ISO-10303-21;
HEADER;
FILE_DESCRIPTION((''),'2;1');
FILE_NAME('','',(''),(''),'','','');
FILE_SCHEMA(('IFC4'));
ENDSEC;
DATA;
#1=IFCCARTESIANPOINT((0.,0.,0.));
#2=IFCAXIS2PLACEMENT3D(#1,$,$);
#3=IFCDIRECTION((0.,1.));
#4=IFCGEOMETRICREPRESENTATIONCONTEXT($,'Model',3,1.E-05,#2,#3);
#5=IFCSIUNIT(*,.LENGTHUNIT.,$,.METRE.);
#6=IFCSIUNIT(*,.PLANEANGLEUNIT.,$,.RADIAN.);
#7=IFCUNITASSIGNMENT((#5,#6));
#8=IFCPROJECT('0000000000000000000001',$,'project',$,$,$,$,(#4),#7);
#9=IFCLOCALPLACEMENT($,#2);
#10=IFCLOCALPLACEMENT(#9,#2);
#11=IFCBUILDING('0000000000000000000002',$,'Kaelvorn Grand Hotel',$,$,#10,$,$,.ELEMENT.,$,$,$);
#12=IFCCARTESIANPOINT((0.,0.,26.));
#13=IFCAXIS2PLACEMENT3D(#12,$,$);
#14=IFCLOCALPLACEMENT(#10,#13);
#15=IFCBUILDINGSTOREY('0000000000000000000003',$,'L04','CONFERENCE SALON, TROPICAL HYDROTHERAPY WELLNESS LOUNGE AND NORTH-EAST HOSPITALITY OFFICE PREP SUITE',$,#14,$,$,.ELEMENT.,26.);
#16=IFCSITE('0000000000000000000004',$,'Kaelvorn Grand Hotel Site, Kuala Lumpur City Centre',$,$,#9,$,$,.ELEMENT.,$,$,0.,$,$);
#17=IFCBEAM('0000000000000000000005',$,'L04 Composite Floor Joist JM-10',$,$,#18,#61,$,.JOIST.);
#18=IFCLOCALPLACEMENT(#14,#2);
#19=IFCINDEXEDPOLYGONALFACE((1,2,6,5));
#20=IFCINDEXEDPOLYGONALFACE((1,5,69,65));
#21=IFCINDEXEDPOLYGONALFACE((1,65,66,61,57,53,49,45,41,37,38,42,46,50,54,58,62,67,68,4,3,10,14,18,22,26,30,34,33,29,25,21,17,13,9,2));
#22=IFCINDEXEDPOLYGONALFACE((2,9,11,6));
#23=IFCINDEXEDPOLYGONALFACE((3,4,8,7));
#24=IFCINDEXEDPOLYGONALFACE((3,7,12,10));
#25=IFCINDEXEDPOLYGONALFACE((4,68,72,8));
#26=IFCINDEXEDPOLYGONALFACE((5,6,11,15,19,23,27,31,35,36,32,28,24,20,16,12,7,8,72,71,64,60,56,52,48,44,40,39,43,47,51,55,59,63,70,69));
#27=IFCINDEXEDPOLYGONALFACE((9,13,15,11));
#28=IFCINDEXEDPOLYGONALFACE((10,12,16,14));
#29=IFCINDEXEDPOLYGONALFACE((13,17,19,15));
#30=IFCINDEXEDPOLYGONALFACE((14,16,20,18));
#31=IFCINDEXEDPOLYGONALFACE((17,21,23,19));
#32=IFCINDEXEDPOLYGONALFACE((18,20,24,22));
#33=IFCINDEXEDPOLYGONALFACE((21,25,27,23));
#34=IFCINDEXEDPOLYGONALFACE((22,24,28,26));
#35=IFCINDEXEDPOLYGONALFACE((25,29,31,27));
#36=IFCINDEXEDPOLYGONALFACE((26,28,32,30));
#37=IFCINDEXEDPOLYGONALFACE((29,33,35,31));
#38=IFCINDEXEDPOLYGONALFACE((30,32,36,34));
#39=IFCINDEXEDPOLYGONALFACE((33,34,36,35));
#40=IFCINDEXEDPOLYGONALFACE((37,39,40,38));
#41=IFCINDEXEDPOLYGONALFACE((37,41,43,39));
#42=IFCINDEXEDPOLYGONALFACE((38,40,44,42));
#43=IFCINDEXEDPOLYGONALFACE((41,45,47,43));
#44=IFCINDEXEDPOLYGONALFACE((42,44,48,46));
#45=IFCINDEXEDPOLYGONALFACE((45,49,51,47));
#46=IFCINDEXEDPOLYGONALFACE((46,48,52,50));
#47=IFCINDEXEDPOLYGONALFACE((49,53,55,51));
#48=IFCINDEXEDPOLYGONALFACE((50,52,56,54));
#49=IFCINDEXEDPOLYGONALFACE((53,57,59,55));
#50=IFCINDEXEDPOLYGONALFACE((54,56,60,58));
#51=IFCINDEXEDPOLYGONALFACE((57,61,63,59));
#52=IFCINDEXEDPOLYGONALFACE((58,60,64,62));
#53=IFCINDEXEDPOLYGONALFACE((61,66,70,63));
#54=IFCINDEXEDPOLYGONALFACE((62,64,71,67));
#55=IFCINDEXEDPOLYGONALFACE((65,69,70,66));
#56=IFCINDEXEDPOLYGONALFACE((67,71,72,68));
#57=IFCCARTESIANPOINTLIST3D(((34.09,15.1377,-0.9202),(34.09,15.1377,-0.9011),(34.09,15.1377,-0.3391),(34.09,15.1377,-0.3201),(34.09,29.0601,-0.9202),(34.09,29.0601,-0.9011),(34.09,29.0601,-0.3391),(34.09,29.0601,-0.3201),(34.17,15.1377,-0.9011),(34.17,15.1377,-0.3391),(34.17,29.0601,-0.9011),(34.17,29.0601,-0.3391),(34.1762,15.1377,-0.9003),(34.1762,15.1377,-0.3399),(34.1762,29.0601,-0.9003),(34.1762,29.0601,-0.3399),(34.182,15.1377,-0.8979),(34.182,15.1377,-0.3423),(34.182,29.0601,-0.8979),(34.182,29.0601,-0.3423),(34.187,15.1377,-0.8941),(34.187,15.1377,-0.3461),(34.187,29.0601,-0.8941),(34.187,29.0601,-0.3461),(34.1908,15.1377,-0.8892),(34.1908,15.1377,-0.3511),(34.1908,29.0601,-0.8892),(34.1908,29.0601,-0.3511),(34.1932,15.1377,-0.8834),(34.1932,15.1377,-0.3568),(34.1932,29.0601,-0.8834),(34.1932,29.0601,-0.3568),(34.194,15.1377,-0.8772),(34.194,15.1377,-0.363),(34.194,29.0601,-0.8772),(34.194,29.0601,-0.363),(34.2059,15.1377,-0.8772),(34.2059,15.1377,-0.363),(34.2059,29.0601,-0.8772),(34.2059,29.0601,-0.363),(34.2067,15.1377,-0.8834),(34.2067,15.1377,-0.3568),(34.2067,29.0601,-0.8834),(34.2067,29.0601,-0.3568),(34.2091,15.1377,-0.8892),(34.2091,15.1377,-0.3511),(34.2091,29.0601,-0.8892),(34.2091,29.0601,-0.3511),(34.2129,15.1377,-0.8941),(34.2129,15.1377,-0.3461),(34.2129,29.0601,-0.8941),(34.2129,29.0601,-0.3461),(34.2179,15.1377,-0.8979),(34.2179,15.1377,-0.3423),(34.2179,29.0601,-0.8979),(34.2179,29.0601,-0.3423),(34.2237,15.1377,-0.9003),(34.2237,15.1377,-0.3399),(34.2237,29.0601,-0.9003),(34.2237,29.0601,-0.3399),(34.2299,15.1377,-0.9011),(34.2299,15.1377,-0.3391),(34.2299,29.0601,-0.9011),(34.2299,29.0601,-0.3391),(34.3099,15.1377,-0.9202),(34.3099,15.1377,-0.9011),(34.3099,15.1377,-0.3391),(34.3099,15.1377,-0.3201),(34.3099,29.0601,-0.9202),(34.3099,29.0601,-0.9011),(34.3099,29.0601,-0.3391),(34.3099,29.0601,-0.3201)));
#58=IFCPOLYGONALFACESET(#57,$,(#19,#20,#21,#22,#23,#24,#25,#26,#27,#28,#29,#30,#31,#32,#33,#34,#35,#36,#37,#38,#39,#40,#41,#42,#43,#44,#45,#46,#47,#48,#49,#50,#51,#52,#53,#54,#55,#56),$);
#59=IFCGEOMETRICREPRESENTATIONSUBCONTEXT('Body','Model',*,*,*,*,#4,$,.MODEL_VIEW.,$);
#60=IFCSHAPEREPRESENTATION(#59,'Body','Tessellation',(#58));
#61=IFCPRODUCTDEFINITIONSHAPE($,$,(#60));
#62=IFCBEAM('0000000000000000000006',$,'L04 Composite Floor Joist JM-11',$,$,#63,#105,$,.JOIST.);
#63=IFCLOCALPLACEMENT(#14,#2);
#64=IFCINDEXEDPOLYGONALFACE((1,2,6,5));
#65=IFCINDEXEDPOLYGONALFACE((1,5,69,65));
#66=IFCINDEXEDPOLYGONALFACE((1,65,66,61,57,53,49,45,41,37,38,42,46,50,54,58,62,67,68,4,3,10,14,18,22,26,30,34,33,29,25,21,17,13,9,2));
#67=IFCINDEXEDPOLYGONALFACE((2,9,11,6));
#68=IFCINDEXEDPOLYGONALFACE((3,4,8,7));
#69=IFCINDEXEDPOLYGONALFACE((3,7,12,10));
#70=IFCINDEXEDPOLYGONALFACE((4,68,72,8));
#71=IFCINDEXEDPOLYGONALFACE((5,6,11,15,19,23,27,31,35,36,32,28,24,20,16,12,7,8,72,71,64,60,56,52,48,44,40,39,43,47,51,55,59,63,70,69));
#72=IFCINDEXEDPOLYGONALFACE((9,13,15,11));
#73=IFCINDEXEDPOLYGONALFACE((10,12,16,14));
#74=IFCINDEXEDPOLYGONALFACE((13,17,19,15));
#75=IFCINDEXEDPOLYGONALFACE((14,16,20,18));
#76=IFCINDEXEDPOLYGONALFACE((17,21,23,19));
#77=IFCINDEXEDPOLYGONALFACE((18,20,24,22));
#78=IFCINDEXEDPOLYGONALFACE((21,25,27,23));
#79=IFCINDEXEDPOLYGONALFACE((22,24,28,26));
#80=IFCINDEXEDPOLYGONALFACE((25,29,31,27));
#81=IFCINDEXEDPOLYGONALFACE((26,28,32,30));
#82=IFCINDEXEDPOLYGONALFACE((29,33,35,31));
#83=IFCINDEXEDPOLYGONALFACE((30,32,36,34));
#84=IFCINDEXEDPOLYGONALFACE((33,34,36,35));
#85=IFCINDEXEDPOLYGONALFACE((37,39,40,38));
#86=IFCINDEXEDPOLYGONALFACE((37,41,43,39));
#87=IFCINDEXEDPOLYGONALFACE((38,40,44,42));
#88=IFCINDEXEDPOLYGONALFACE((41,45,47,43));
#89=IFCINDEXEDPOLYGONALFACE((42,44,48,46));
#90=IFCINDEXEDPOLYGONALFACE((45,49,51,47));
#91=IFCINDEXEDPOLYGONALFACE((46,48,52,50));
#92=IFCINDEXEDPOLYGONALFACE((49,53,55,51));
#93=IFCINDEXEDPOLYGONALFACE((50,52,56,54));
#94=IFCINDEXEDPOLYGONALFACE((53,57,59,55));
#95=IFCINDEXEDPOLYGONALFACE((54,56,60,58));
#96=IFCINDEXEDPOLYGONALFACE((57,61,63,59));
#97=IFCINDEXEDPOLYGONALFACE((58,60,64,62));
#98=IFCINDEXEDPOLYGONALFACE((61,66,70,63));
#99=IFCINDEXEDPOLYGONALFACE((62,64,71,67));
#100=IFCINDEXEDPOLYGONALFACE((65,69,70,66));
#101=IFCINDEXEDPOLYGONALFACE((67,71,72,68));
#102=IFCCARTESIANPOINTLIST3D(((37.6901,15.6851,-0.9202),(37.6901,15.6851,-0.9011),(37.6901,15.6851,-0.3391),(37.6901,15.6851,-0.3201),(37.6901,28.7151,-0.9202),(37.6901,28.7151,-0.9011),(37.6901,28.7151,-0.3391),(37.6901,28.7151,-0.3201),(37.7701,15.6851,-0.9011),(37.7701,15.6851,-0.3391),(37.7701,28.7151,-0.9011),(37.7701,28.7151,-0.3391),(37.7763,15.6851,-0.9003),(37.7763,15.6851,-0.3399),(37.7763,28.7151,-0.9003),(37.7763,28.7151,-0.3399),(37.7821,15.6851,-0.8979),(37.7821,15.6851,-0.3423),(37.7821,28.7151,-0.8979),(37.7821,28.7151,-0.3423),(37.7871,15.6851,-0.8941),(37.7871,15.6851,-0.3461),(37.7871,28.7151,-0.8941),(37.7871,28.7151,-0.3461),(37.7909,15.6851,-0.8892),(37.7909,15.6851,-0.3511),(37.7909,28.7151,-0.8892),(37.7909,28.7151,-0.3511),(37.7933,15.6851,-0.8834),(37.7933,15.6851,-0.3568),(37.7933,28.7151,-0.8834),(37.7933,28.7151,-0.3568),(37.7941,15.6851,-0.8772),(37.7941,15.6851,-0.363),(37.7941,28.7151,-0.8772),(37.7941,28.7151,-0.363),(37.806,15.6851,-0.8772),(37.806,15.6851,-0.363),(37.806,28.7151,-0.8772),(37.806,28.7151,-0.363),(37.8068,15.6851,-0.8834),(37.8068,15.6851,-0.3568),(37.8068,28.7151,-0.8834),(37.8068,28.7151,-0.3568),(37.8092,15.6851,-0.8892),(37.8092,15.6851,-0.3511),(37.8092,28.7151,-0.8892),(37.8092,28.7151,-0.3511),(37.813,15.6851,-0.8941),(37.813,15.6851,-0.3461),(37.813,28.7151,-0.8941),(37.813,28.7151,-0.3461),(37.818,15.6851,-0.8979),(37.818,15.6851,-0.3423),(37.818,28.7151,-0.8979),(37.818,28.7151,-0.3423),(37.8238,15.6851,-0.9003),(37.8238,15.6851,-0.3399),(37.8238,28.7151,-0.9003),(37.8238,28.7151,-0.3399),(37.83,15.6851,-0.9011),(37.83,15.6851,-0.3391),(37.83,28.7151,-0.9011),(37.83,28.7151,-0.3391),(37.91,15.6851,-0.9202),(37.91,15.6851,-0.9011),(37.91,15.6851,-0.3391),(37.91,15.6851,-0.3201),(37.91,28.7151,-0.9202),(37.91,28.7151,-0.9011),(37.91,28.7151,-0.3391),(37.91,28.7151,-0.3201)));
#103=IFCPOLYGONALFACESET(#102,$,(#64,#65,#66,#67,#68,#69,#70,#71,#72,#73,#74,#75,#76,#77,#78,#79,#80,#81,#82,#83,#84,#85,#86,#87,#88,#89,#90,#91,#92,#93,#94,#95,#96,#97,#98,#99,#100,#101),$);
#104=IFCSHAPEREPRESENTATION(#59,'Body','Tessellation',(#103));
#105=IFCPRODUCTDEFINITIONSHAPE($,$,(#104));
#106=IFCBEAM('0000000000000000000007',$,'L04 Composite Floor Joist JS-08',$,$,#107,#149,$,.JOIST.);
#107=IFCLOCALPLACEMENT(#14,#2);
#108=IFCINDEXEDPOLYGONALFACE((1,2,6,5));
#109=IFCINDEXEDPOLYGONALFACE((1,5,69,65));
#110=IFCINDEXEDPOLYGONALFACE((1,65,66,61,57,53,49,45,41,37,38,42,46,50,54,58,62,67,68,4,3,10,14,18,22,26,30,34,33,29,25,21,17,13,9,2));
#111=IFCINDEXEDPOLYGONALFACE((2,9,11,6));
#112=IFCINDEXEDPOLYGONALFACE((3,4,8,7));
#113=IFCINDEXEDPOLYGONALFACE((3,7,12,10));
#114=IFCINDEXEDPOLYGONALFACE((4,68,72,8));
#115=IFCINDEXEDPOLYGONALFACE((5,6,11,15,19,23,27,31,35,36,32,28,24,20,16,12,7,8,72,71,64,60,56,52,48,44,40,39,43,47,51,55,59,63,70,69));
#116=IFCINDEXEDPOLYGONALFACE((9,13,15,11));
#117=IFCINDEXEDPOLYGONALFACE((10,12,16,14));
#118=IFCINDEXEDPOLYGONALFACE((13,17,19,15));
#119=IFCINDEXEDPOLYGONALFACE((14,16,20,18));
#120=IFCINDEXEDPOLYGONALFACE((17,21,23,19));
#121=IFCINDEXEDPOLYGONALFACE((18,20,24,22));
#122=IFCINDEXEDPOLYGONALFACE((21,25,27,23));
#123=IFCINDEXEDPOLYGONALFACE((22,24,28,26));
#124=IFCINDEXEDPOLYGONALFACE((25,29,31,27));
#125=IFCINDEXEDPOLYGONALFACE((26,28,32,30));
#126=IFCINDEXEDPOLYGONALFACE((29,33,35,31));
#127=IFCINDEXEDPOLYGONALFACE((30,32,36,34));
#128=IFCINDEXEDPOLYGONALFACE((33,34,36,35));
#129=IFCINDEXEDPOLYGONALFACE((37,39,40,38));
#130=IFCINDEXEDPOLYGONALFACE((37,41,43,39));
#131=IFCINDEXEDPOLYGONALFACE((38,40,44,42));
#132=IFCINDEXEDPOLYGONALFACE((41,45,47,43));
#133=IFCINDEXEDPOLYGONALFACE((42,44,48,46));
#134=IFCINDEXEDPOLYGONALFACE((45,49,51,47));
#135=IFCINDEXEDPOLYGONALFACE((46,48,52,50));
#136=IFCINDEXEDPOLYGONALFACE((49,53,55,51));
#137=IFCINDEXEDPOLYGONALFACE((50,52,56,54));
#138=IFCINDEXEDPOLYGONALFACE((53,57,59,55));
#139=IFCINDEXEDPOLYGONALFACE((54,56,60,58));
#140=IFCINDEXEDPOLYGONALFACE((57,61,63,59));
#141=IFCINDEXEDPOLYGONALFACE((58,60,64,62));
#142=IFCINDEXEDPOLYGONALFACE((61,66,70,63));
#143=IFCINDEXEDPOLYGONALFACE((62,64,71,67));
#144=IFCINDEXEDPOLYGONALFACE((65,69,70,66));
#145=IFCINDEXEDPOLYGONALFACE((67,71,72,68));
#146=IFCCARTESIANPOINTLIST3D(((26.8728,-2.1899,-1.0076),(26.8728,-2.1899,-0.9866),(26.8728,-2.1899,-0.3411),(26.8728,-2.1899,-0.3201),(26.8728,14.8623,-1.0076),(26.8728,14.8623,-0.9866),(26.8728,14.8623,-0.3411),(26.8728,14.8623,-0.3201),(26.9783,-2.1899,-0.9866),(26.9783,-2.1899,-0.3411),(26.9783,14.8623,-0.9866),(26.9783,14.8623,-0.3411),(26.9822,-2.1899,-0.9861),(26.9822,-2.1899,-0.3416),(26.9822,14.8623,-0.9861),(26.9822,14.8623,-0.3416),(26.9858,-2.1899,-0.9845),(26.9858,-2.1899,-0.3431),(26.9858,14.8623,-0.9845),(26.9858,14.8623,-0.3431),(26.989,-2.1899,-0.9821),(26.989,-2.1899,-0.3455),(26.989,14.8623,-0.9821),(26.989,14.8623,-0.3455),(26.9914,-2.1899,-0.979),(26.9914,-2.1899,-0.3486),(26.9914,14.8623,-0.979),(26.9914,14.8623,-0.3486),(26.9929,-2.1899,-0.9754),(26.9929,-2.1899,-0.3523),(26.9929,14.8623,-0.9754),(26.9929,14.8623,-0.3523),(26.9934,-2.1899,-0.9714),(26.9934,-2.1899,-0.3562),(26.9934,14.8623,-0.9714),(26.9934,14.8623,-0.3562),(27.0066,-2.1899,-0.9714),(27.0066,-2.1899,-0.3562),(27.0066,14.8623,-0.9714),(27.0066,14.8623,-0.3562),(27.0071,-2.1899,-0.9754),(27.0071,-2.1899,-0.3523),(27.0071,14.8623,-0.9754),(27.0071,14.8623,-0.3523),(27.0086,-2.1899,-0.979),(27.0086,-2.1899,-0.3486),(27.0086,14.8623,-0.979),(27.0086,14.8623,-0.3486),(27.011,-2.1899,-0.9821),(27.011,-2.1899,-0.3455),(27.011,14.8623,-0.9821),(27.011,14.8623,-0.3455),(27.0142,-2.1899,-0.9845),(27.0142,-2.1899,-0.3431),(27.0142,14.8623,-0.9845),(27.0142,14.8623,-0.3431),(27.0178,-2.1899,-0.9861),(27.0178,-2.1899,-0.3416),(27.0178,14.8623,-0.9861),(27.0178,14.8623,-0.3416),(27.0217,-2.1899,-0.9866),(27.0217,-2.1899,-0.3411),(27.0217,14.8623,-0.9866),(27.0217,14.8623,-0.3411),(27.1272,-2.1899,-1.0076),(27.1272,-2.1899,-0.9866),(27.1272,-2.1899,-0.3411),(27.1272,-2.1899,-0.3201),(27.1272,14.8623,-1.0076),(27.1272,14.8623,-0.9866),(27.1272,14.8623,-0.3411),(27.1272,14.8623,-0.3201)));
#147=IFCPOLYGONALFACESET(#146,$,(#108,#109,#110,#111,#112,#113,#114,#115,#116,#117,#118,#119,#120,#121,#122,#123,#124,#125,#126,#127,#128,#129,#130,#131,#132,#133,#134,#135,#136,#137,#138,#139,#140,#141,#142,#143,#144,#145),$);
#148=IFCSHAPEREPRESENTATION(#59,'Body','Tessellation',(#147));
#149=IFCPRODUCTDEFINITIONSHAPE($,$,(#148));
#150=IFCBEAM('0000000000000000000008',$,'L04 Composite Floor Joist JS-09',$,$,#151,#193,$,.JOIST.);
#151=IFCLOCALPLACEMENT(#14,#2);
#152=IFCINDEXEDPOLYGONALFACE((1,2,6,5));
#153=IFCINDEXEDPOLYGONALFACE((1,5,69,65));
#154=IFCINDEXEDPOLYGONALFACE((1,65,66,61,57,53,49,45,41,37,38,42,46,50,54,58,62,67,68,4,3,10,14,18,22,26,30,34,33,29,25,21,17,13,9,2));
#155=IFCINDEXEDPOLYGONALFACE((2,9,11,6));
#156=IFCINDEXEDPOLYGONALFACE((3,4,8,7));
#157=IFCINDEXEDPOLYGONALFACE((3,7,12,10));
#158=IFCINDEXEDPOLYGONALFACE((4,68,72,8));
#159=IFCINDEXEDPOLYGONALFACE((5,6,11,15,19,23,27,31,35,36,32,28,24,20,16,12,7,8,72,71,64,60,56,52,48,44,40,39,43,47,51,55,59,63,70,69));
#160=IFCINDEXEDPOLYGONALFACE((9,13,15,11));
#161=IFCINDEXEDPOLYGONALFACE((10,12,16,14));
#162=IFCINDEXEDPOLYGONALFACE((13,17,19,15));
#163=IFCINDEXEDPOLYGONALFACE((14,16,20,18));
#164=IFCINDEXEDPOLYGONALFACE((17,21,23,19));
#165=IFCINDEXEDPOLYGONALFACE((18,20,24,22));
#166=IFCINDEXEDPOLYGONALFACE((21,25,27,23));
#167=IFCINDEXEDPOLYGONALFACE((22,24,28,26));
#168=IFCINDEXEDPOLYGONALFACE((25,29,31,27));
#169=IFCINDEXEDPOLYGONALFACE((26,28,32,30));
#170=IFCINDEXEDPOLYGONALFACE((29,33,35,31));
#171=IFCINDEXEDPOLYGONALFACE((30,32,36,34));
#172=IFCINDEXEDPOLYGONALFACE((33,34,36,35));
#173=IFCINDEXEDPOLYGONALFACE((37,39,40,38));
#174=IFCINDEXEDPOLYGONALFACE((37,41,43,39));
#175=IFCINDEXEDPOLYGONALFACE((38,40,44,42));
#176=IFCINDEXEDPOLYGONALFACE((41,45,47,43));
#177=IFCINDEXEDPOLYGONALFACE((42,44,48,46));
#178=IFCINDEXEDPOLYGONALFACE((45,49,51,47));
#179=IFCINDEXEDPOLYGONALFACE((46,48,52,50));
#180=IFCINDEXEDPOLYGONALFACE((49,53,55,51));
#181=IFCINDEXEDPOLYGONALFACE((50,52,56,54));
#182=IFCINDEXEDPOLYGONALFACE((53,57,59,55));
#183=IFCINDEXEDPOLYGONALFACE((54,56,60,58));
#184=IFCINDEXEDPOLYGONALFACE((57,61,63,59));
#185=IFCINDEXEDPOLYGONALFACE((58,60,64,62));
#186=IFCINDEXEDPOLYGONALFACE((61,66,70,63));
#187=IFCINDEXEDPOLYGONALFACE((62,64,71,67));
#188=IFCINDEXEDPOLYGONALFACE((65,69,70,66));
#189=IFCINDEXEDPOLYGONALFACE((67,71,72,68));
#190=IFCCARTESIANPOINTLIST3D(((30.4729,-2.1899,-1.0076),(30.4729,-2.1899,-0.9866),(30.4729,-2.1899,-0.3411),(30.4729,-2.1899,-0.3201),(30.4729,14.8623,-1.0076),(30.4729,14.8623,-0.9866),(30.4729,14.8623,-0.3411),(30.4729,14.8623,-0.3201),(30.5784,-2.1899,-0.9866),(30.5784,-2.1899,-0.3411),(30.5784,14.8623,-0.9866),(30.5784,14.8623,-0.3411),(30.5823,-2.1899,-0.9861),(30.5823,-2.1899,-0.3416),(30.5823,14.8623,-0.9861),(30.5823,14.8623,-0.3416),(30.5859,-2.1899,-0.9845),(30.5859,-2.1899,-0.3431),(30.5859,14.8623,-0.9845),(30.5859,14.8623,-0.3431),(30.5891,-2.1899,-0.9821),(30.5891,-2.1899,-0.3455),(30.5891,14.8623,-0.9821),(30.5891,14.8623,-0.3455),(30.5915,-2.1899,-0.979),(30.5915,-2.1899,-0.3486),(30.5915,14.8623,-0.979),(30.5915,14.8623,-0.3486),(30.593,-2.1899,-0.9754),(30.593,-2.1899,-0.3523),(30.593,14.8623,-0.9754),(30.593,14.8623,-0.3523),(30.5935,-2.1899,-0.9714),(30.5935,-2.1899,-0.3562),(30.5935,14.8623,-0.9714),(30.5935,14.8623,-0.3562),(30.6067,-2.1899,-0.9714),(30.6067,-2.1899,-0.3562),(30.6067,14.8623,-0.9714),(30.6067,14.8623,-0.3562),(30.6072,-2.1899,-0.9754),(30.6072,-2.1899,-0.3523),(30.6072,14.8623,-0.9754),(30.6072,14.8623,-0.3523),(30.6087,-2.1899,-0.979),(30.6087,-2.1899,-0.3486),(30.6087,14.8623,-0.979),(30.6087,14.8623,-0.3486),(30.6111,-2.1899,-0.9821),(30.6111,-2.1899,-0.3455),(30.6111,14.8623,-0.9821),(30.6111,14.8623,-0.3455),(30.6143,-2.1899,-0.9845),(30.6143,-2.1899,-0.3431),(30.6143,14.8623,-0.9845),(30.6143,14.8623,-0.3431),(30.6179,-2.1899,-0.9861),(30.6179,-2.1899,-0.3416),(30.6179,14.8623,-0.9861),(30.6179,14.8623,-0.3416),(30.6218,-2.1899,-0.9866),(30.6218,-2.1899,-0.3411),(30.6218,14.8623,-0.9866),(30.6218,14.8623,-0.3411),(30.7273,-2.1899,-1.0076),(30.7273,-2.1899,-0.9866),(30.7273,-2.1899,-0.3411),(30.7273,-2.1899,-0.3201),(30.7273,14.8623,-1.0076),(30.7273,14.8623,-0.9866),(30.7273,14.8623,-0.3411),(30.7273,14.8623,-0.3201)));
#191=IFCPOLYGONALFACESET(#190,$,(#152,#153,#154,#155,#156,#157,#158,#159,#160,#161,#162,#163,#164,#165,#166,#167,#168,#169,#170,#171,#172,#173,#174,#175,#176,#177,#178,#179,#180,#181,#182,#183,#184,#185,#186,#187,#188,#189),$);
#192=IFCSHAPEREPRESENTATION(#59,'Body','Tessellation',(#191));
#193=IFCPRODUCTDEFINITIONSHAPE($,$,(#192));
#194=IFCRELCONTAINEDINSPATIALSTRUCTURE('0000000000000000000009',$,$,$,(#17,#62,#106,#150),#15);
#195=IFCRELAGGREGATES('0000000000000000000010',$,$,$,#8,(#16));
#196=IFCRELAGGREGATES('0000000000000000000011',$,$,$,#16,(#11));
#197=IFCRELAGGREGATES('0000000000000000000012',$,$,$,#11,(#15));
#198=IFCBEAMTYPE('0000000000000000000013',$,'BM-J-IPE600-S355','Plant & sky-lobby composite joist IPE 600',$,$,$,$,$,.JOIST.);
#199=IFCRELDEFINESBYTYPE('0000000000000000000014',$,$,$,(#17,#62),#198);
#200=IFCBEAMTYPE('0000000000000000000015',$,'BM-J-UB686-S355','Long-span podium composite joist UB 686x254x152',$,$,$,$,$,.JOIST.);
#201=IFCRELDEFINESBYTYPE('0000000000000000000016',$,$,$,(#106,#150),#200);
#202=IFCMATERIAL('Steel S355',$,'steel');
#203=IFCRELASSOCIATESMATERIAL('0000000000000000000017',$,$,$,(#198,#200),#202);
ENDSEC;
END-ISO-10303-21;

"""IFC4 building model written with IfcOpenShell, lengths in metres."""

from ifc_helpers import new_model, si_unit, direction, frame, origin, origin_2d, place, context, subcontext, project, spatial, i_section, extrude, material, material_profile, profile_set, type_object, element, save


model = new_model("IFC4")

# Units and contexts
model_context = context("Model", 3, precision=1e-05, world=origin(), true_north=direction((0.0, 1.0)))
body_context = subcontext(model_context, "Body", "Model", "MODEL_VIEW")
ifc_project = project(units=[si_unit("LENGTHUNIT", "METRE"), si_unit("PLANEANGLEUNIT", "RADIAN")], contexts=[model_context])

# Site, building, storey
site_placement = place(None, origin())
site = spatial("IfcSite", under=ifc_project, at=site_placement, Name="Kaelvorn Grand Hotel Site, Kuala Lumpur City Centre", CompositionType="ELEMENT", RefElevation=0.0)
building_placement = place(site_placement, origin())
building = spatial("IfcBuilding", under=site, at=building_placement, Name="Kaelvorn Grand Hotel", CompositionType="ELEMENT")
storey_placement = place(building_placement, frame((0.0, 0.0, 26.0)))
storey = spatial("IfcBuildingStorey", under=building, at=storey_placement, Name="L04", Description="CONFERENCE SALON, TROPICAL HYDROTHERAPY WELLNESS LOUNGE AND NORTH-EAST HOSPITALITY OFFICE PREP SUITE", CompositionType="ELEMENT", Elevation=26.0)

# Beams
ifc_material_1 = material(Name="Steel S355", Category="steel")
ifc_material_profile_1 = material_profile(ifc_material_1, i_section(OverallWidth=0.22, OverallDepth=0.6001, WebThickness=0.012, FlangeThickness=0.019, FilletRadius=0.0239, at=origin_2d()), Name="IPE 600")
ifc_profile_set_1 = profile_set([ifc_material_profile_1], Name="Steel S355")
beam_type_1 = type_object("IfcBeamType", Name="BM-J-IPE600-S355", Description="Plant & sky-lobby composite joist IPE 600", PredefinedType="JOIST", material=ifc_profile_set_1)
beam_1_placement = place(storey_placement, frame((34.2, 15.1377, -0.6201), z_axis=(0.0, 1.0, 0.0), x_axis=(-1.0, 0.0, 0.0)))
element("IfcBeam", 1, at=beam_1_placement, inside=storey, type_object=beam_type_1, Name="L04 Composite Floor Joist JM-10", PredefinedType="JOIST", context=body_context, shape_type="SweptSolid", body=[
    extrude(i_section(OverallWidth=0.22, OverallDepth=0.6001, WebThickness=0.012, FlangeThickness=0.019, FilletRadius=0.0239, at=origin_2d()), origin(), (0.0, 0.0, 1.0), 13.9224),
])
beam_2_placement = place(storey_placement, frame((37.8, 15.6851, -0.6201), z_axis=(0.0, 1.0, 0.0), x_axis=(-1.0, 0.0, 0.0)))
element("IfcBeam", 2, at=beam_2_placement, inside=storey, type_object=beam_type_1, Name="L04 Composite Floor Joist JM-11", PredefinedType="JOIST", context=body_context, shape_type="SweptSolid", body=[
    extrude(i_section(OverallWidth=0.22, OverallDepth=0.6001, WebThickness=0.012, FlangeThickness=0.019, FilletRadius=0.0239, at=origin_2d()), origin(), (0.0, 0.0, 1.0), 13.03),
])
ifc_material_profile_2 = material_profile(ifc_material_1, i_section(OverallWidth=0.2544, OverallDepth=0.6875, WebThickness=0.0132, FlangeThickness=0.021, FilletRadius=0.0151, at=origin_2d()), Name="UB 686x254x152")
ifc_profile_set_2 = profile_set([ifc_material_profile_2], Name="Steel S355")
beam_type_2 = type_object("IfcBeamType", Name="BM-J-UB686-S355", Description="Long-span podium composite joist UB 686x254x152", PredefinedType="JOIST", material=ifc_profile_set_2)
for number, where, z_axis, x_axis, name in (
    (3, (27.0, -2.1899, -0.6638), (0.0, 1.0, 0.0), (-1.0, 0.0, 0.0), "L04 Composite Floor Joist JS-08"),
    (4, (30.6001, -2.1899, -0.6638), (0.0, 1.0, 0.0), (-1.0, 0.0, 0.0), "L04 Composite Floor Joist JS-09"),
):
    element("IfcBeam", number, at=place(storey_placement, frame(where, z_axis=z_axis, x_axis=x_axis)), inside=storey, type_object=beam_type_2, Name=name, PredefinedType="JOIST", context=body_context, shape_type="SweptSolid", body=[
        extrude(i_section(OverallWidth=0.2544, OverallDepth=0.6875, WebThickness=0.0132, FlangeThickness=0.021, FilletRadius=0.0151, at=origin_2d()), origin(), (0.0, 0.0, 1.0), 17.0522),
    ])

save(model, "model.ifc")
